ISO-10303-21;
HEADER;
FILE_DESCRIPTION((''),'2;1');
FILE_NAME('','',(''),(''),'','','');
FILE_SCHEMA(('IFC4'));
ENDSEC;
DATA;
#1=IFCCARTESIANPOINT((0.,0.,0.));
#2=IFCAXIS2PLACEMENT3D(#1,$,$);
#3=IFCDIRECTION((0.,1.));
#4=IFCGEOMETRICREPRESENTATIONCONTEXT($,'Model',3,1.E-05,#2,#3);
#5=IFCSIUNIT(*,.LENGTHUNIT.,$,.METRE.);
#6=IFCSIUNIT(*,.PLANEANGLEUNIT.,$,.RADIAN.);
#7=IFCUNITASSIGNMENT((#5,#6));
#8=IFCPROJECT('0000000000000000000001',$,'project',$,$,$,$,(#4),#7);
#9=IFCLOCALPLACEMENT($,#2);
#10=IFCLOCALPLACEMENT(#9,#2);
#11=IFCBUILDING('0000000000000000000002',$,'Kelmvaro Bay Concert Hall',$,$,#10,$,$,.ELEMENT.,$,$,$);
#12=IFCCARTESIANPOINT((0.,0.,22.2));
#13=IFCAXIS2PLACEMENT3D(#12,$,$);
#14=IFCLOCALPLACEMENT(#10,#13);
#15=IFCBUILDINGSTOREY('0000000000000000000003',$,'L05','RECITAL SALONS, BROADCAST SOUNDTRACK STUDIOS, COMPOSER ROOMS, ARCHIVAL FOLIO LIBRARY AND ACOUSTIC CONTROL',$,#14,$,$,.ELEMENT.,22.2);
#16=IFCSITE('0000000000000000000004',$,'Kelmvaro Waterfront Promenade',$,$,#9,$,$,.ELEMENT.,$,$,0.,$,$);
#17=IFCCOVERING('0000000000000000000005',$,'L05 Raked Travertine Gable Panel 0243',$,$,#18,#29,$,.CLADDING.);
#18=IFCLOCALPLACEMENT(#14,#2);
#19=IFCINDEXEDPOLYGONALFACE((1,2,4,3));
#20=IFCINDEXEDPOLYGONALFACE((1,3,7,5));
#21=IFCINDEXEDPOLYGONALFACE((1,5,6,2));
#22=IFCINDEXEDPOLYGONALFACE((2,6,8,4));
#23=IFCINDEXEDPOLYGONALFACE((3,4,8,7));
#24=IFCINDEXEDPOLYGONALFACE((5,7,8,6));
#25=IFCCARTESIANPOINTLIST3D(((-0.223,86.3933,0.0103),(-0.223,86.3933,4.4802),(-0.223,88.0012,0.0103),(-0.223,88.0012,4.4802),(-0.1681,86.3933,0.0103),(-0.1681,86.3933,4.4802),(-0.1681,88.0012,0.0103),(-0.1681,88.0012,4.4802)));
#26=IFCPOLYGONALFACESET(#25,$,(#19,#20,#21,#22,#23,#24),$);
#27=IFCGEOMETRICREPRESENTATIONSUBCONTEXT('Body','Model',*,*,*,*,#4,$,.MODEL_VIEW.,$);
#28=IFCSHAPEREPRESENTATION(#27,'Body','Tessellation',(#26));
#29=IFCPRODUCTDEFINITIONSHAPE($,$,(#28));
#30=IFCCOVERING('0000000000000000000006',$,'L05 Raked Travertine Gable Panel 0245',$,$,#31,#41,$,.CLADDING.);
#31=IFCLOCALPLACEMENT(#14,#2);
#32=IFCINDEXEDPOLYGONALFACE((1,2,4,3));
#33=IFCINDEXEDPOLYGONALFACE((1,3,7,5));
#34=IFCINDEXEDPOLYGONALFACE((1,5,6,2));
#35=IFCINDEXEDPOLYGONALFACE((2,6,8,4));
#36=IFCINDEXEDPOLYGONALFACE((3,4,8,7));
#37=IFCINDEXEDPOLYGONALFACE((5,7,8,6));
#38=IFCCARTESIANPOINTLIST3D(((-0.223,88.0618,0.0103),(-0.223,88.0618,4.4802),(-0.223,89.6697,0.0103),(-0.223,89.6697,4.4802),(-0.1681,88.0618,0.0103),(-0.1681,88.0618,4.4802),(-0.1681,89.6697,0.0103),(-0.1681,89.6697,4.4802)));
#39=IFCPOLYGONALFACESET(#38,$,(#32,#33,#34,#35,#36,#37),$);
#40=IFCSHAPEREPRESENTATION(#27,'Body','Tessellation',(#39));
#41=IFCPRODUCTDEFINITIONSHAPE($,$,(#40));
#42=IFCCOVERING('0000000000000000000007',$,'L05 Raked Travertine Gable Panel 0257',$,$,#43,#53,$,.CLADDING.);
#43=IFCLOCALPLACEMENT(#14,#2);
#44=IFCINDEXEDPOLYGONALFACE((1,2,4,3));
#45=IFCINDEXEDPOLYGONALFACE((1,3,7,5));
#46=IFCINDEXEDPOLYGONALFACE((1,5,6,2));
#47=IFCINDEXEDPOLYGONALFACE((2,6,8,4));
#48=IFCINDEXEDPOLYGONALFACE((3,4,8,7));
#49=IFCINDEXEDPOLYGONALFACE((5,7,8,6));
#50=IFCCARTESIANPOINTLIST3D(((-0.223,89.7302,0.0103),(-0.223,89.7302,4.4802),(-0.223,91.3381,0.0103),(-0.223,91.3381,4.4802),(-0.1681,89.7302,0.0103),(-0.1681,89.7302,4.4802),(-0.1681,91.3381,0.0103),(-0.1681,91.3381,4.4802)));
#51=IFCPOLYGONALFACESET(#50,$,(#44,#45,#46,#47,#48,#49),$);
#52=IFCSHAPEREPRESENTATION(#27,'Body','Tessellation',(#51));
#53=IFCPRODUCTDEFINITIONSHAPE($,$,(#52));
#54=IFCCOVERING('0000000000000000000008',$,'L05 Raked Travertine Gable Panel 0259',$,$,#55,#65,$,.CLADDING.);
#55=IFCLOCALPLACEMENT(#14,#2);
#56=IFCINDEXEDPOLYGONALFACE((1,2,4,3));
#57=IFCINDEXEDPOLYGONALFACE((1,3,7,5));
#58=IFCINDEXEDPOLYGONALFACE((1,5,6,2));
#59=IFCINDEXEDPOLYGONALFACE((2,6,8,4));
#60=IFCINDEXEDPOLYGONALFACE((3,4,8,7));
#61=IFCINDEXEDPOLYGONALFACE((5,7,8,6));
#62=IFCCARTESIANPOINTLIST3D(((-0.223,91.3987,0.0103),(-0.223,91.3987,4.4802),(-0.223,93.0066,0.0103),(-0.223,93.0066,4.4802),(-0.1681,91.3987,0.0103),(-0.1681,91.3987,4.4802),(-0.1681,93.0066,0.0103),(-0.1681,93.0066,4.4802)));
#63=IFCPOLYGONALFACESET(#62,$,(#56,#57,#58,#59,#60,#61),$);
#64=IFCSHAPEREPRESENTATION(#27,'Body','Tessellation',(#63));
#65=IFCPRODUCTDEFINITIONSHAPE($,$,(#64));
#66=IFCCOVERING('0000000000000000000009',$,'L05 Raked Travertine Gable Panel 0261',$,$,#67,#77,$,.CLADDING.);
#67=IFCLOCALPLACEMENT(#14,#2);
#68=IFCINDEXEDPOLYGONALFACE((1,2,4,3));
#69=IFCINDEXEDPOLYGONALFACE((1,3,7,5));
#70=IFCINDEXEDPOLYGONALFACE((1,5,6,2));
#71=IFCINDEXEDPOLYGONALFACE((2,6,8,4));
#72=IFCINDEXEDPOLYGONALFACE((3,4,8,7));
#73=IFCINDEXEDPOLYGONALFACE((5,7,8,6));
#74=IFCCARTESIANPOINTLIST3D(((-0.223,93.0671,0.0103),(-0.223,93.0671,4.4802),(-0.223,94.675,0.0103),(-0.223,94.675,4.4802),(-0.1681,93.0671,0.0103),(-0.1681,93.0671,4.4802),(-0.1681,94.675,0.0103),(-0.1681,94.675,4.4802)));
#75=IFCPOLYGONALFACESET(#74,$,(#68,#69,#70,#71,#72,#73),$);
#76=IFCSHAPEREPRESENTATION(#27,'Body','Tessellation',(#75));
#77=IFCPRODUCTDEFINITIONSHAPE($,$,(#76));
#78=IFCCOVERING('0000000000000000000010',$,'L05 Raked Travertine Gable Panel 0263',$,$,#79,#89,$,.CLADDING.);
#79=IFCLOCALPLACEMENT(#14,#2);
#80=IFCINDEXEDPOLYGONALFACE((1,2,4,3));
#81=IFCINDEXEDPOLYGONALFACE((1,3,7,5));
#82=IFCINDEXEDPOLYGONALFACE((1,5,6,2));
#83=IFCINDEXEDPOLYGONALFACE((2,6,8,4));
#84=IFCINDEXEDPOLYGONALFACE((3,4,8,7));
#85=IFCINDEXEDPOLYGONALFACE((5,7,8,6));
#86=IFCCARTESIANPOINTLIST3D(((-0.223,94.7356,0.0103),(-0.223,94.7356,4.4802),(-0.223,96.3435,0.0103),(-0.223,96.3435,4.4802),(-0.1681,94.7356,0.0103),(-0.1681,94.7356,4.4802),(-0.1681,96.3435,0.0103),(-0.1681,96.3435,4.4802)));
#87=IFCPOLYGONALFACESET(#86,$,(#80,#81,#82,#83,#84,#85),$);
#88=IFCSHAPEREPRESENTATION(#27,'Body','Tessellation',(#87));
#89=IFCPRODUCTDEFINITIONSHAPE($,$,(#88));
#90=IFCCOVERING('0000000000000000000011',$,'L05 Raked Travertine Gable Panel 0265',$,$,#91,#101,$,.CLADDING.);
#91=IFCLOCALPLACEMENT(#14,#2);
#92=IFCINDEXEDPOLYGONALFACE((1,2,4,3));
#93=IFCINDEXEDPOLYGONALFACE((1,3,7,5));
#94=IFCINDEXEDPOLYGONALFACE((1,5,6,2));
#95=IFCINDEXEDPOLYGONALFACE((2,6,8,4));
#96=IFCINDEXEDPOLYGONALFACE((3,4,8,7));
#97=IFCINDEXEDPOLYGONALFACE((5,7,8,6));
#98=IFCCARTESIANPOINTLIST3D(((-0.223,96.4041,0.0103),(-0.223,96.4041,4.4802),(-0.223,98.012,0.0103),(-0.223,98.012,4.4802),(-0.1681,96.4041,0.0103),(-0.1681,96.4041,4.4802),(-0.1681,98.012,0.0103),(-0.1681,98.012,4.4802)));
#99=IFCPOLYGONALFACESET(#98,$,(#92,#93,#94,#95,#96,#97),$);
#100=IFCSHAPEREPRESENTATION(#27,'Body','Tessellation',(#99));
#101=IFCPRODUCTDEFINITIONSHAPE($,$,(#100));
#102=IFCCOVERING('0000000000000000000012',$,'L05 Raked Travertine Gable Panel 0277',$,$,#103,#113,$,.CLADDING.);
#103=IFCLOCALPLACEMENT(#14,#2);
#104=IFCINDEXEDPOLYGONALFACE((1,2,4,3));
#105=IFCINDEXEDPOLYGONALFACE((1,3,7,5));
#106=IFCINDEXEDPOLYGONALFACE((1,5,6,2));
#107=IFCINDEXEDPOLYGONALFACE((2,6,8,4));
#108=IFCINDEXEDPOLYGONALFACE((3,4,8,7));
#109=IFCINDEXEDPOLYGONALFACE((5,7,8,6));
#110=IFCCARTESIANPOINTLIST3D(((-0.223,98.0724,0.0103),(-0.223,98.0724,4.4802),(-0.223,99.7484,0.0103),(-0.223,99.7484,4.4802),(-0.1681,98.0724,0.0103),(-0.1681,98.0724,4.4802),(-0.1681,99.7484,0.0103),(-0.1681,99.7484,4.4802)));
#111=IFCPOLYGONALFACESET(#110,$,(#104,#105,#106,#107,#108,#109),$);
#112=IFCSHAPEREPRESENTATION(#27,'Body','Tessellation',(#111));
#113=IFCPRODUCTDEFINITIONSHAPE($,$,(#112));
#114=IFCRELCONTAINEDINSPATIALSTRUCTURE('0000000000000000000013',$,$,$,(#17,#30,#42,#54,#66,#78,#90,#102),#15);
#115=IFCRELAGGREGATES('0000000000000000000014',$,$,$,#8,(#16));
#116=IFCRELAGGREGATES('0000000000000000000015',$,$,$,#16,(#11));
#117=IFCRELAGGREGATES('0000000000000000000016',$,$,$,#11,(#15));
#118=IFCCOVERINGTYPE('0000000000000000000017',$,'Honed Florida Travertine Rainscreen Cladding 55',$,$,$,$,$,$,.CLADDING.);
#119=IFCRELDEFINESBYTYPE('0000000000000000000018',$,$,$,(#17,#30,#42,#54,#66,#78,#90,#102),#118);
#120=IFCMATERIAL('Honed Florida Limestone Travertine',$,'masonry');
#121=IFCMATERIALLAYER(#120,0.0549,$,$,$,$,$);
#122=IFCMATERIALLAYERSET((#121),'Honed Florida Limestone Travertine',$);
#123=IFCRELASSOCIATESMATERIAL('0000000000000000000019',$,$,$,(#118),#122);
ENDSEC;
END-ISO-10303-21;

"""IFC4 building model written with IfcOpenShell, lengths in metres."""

from ifc_helpers import new_model, si_unit, direction, frame, origin, origin_2d, place, context, subcontext, project, spatial, rectangle, extrude, material, layer, layer_set, type_object, element, save


model = new_model("IFC4")

# Units and contexts
model_context = context("Model", 3, precision=1e-05, world=origin(), true_north=direction((0.0, 1.0)))
body_context = subcontext(model_context, "Body", "Model", "MODEL_VIEW")
ifc_project = project(units=[si_unit("LENGTHUNIT", "METRE"), si_unit("PLANEANGLEUNIT", "RADIAN")], contexts=[model_context])

# Site, building, storey
site_placement = place(None, origin())
site = spatial("IfcSite", under=ifc_project, at=site_placement, Name="Kelmvaro Waterfront Promenade", CompositionType="ELEMENT", RefElevation=0.0)
building_placement = place(site_placement, origin())
building = spatial("IfcBuilding", under=site, at=building_placement, Name="Kelmvaro Bay Concert Hall", CompositionType="ELEMENT")
storey_placement = place(building_placement, frame((0.0, 0.0, 22.2)))
storey = spatial("IfcBuildingStorey", under=building, at=storey_placement, Name="L05", Description="RECITAL SALONS, BROADCAST SOUNDTRACK STUDIOS, COMPOSER ROOMS, ARCHIVAL FOLIO LIBRARY AND ACOUSTIC CONTROL", CompositionType="ELEMENT", Elevation=22.2)

# Coverings
ifc_material_1 = material(Name="Honed Florida Limestone Travertine", Category="masonry")
ifc_layer_1 = layer(ifc_material_1, 0.0549)
ifc_layer_set_1 = layer_set([ifc_layer_1], Name="Honed Florida Limestone Travertine")
covering_type = type_object("IfcCoveringType", Name="Honed Florida Travertine Rainscreen Cladding 55", PredefinedType="CLADDING", material=ifc_layer_set_1)
for number, where, z_axis, x_axis, name in (
    (1, (-0.1956, 87.1973, 0.0103), (0.0, 0.0, 1.0), (0.0, 1.0, 0.0), "L05 Raked Travertine Gable Panel 0243"),
    (2, (-0.1956, 88.8657, 0.0103), (0.0, 0.0, 1.0), (0.0, 1.0, 0.0), "L05 Raked Travertine Gable Panel 0245"),
    (3, (-0.1956, 90.5342, 0.0103), (0.0, 0.0, 1.0), (0.0, 1.0, 0.0), "L05 Raked Travertine Gable Panel 0257"),
    (4, (-0.1956, 92.2026, 0.0103), (0.0, 0.0, 1.0), (0.0, 1.0, 0.0), "L05 Raked Travertine Gable Panel 0259"),
    (5, (-0.1956, 93.8711, 0.0103), (0.0, 0.0, 1.0), (0.0, 1.0, 0.0), "L05 Raked Travertine Gable Panel 0261"),
    (6, (-0.1956, 95.5396, 0.0103), (0.0, 0.0, 1.0), (0.0, 1.0, 0.0), "L05 Raked Travertine Gable Panel 0263"),
    (7, (-0.1956, 97.208, 0.0103), (0.0, 0.0, 1.0), (0.0, 1.0, 0.0), "L05 Raked Travertine Gable Panel 0265"),
):
    element("IfcCovering", number, at=place(storey_placement, frame(where, z_axis=z_axis, x_axis=x_axis)), inside=storey, type_object=covering_type, Name=name, PredefinedType="CLADDING", context=body_context, shape_type="SweptSolid", body=[
        extrude(rectangle(XDim=1.6079, YDim=0.0549, at=origin_2d()), origin(), (0.0, 0.0, 1.0), 4.47),
    ])
covering_placement = place(storey_placement, frame((-0.1956, 98.9104, 0.0103), z_axis=(0.0, 0.0, 1.0), x_axis=(0.0, 1.0, 0.0)))
element("IfcCovering", 8, at=covering_placement, inside=storey, type_object=covering_type, Name="L05 Raked Travertine Gable Panel 0277", PredefinedType="CLADDING", context=body_context, shape_type="SweptSolid", body=[
    extrude(rectangle(XDim=1.676, YDim=0.0549, at=origin_2d()), origin(), (0.0, 0.0, 1.0), 4.47),
])

save(model, "model.ifc")
